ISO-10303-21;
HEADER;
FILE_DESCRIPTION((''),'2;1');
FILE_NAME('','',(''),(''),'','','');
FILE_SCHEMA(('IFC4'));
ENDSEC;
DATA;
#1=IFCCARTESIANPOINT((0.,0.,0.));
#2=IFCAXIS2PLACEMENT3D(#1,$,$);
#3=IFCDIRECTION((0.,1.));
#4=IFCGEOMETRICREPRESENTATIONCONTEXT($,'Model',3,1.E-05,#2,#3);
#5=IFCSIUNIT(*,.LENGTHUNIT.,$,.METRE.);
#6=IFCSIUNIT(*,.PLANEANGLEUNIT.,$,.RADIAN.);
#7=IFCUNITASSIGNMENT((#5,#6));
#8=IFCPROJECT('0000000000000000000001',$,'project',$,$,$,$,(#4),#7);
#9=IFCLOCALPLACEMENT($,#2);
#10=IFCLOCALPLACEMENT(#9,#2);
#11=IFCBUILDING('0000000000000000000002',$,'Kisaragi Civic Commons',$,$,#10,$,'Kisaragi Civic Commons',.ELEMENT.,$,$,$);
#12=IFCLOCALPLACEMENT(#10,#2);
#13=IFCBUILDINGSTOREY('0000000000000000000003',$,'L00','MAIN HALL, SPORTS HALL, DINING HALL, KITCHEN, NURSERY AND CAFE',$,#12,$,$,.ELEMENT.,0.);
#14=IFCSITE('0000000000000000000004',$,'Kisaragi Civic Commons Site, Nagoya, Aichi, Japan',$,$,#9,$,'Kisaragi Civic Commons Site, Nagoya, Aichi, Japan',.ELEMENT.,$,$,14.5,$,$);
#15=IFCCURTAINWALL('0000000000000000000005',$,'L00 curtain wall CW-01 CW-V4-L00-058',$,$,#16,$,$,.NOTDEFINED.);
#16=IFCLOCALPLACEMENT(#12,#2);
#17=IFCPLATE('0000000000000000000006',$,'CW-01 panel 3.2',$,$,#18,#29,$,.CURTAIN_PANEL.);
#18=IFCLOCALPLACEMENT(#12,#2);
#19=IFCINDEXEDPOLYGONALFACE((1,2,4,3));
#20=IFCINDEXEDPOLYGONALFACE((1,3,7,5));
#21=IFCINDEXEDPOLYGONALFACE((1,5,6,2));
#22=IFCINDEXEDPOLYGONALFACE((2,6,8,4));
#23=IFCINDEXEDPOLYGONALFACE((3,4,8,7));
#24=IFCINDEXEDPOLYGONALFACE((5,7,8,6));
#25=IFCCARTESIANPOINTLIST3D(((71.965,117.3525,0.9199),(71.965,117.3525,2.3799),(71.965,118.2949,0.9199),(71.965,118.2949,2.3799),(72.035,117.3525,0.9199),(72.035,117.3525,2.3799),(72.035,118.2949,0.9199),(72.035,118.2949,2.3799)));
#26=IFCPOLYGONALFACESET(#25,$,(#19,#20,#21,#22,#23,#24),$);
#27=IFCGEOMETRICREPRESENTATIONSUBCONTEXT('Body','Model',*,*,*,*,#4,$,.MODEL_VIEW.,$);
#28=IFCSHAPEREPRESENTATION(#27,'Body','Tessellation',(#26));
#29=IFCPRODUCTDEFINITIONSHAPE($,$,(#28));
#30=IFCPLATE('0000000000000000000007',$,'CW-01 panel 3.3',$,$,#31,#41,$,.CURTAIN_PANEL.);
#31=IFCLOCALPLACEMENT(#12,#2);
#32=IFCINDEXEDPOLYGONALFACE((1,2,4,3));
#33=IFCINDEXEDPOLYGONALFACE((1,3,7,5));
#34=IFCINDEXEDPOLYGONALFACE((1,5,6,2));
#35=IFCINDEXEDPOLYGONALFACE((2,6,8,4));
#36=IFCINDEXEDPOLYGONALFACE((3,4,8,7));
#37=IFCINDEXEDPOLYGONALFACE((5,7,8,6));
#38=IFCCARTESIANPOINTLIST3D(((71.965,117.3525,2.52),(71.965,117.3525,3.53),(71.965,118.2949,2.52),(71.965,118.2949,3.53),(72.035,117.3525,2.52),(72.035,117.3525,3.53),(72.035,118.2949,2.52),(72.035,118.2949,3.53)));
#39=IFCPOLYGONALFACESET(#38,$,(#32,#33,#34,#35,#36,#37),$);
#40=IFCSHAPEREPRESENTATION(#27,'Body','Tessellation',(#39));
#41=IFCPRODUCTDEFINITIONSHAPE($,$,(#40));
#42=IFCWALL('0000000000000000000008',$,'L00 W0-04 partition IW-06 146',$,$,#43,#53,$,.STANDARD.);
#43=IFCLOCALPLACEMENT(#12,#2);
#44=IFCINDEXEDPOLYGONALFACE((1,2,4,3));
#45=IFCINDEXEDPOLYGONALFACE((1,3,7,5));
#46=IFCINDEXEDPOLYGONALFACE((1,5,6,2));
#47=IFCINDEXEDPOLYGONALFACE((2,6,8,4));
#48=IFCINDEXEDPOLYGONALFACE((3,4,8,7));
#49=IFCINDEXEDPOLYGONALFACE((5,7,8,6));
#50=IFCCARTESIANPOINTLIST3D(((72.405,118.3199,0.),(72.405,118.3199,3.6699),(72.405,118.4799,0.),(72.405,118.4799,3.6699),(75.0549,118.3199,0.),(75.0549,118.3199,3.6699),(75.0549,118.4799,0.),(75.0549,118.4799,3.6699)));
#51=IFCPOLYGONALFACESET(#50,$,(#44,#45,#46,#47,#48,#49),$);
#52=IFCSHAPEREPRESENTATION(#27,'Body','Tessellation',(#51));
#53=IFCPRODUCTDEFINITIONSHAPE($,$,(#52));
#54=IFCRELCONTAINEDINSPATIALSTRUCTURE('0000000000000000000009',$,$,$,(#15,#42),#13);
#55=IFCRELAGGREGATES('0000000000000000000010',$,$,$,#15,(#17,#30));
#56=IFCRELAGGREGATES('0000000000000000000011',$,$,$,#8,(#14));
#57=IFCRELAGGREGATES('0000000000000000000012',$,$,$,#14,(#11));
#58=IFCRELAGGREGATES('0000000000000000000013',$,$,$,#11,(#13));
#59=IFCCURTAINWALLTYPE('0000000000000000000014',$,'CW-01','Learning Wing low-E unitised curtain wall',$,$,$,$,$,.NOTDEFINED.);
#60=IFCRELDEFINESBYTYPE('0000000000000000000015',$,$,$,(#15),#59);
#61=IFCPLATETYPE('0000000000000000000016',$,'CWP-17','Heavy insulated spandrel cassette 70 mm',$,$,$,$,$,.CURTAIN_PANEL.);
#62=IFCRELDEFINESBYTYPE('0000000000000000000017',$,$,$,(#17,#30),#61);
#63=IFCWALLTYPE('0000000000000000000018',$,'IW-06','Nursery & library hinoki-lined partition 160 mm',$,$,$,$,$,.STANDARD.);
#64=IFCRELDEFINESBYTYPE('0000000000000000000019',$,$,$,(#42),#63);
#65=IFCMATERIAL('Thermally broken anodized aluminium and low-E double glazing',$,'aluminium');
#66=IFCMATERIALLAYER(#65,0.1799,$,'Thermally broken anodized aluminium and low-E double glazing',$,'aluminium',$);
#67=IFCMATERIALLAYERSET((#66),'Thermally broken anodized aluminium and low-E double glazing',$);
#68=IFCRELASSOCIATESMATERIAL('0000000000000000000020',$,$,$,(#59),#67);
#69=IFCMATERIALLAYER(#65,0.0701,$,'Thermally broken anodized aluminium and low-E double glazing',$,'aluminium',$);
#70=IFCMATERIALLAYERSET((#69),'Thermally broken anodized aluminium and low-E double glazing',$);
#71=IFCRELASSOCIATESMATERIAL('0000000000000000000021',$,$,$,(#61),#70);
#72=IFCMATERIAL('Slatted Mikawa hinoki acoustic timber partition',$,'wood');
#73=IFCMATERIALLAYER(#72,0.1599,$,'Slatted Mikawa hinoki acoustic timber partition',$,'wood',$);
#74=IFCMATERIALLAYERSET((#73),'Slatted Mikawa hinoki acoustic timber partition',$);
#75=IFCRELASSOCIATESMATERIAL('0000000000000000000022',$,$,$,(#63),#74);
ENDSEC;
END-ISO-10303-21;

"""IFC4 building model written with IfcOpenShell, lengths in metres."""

from ifc_helpers import new_model, si_unit, direction, frame, frame_2d, origin, origin_2d, place, context, subcontext, project, spatial, rectangle, extrude, material, layer, layer_set, type_object, element, aggregate, save


model = new_model("IFC4")

# Units and contexts
model_context = context("Model", 3, precision=1e-05, world=origin(), true_north=direction((0.0, 1.0)))
body_context = subcontext(model_context, "Body", "Model", "MODEL_VIEW")
ifc_project = project(units=[si_unit("LENGTHUNIT", "METRE"), si_unit("PLANEANGLEUNIT", "RADIAN")], contexts=[model_context])

# Site, building, storey
site_placement = place(None, origin())
site = spatial("IfcSite", under=ifc_project, at=site_placement, Name="Kisaragi Civic Commons Site, Nagoya, Aichi, Japan", LongName="Kisaragi Civic Commons Site, Nagoya, Aichi, Japan", CompositionType="ELEMENT", RefElevation=14.5)
building_placement = place(site_placement, origin())
building = spatial("IfcBuilding", under=site, at=building_placement, Name="Kisaragi Civic Commons", LongName="Kisaragi Civic Commons", CompositionType="ELEMENT")
storey_placement = place(building_placement, origin())
storey = spatial("IfcBuildingStorey", under=building, at=storey_placement, Name="L00", Description="MAIN HALL, SPORTS HALL, DINING HALL, KITCHEN, NURSERY AND CAFE", CompositionType="ELEMENT", Elevation=0.0)

# Shared definitions
ifc_material_1 = material(Name="Thermally broken anodized aluminium and low-E double glazing", Category="aluminium")
ifc_layer_1 = layer(ifc_material_1, 0.1799, Name="Thermally broken anodized aluminium and low-E double glazing", Category="aluminium")
ifc_layer_set_1 = layer_set([ifc_layer_1], Name="Thermally broken anodized aluminium and low-E double glazing")
curtain_wall_type = type_object("IfcCurtainWallType", Name="CW-01", Description="Learning Wing low-E unitised curtain wall", PredefinedType="NOTDEFINED", material=ifc_layer_set_1)

# Curtain wall
curtain_wall_1_placement = place(storey_placement, origin())
curtain_wall_1 = element("IfcCurtainWall", 1, at=curtain_wall_1_placement, inside=storey, type_object=curtain_wall_type, Name="L00 curtain wall CW-01 CW-V4-L00-058", PredefinedType="NOTDEFINED")

# Plates
ifc_layer_2 = layer(ifc_material_1, 0.0701, Name="Thermally broken anodized aluminium and low-E double glazing", Category="aluminium")
ifc_layer_set_2 = layer_set([ifc_layer_2], Name="Thermally broken anodized aluminium and low-E double glazing")
plate_type_1 = type_object("IfcPlateType", Name="CWP-17", Description="Heavy insulated spandrel cassette 70 mm", PredefinedType="CURTAIN_PANEL", material=ifc_layer_set_2)
plate_1_placement = place(storey_placement, frame((72.0, 117.8237, 0.9199), z_axis=(0.0, 0.0, 1.0), x_axis=(0.0, 1.0, 0.0)))
plate_1 = element("IfcPlate", 2, at=plate_1_placement, type_object=plate_type_1, Name="CW-01 panel 3.2", PredefinedType="CURTAIN_PANEL", context=body_context, shape_type="SweptSolid", body=[
    extrude(rectangle(XDim=0.9424, YDim=0.0701, at=origin_2d()), origin(), (0.0, 0.0, 1.0), 1.46),
])
plate_2_placement = place(storey_placement, frame((72.0, 117.8237, 2.52), z_axis=(0.0, 0.0, 1.0), x_axis=(0.0, 1.0, 0.0)))
plate_2 = element("IfcPlate", 3, at=plate_2_placement, type_object=plate_type_1, Name="CW-01 panel 3.3", PredefinedType="CURTAIN_PANEL", context=body_context, shape_type="SweptSolid", body=[
    extrude(rectangle(XDim=0.9424, YDim=0.0701, at=origin_2d()), origin(), (0.0, 0.0, 1.0), 1.01),
])
aggregate(curtain_wall_1, [plate_1, plate_2])

# Wall
ifc_material_2 = material(Name="Slatted Mikawa hinoki acoustic timber partition", Category="wood")
ifc_layer_3 = layer(ifc_material_2, 0.1599, Name="Slatted Mikawa hinoki acoustic timber partition", Category="wood")
ifc_layer_set_3 = layer_set([ifc_layer_3], Name="Slatted Mikawa hinoki acoustic timber partition")
wall_type_1 = type_object("IfcWallType", Name="IW-06", Description="Nursery & library hinoki-lined partition 160 mm", PredefinedType="STANDARD", material=ifc_layer_set_3)
wall_1_placement = place(storey_placement, frame((72.405, 118.3999, 0.0), z_axis=(0.0, 0.0, 1.0), x_axis=(1.0, 0.0, 0.0)))
element("IfcWall", 4, at=wall_1_placement, inside=storey, type_object=wall_type_1, Name="L00 W0-04 partition IW-06 146", PredefinedType="STANDARD", context=body_context, shape_type="SweptSolid", body=[
    extrude(rectangle(XDim=2.6499, YDim=0.1599, at=frame_2d((1.325, 0.0))), origin(), (0.0, 0.0, 1.0), 3.6699),
])

save(model, "model.ifc")
